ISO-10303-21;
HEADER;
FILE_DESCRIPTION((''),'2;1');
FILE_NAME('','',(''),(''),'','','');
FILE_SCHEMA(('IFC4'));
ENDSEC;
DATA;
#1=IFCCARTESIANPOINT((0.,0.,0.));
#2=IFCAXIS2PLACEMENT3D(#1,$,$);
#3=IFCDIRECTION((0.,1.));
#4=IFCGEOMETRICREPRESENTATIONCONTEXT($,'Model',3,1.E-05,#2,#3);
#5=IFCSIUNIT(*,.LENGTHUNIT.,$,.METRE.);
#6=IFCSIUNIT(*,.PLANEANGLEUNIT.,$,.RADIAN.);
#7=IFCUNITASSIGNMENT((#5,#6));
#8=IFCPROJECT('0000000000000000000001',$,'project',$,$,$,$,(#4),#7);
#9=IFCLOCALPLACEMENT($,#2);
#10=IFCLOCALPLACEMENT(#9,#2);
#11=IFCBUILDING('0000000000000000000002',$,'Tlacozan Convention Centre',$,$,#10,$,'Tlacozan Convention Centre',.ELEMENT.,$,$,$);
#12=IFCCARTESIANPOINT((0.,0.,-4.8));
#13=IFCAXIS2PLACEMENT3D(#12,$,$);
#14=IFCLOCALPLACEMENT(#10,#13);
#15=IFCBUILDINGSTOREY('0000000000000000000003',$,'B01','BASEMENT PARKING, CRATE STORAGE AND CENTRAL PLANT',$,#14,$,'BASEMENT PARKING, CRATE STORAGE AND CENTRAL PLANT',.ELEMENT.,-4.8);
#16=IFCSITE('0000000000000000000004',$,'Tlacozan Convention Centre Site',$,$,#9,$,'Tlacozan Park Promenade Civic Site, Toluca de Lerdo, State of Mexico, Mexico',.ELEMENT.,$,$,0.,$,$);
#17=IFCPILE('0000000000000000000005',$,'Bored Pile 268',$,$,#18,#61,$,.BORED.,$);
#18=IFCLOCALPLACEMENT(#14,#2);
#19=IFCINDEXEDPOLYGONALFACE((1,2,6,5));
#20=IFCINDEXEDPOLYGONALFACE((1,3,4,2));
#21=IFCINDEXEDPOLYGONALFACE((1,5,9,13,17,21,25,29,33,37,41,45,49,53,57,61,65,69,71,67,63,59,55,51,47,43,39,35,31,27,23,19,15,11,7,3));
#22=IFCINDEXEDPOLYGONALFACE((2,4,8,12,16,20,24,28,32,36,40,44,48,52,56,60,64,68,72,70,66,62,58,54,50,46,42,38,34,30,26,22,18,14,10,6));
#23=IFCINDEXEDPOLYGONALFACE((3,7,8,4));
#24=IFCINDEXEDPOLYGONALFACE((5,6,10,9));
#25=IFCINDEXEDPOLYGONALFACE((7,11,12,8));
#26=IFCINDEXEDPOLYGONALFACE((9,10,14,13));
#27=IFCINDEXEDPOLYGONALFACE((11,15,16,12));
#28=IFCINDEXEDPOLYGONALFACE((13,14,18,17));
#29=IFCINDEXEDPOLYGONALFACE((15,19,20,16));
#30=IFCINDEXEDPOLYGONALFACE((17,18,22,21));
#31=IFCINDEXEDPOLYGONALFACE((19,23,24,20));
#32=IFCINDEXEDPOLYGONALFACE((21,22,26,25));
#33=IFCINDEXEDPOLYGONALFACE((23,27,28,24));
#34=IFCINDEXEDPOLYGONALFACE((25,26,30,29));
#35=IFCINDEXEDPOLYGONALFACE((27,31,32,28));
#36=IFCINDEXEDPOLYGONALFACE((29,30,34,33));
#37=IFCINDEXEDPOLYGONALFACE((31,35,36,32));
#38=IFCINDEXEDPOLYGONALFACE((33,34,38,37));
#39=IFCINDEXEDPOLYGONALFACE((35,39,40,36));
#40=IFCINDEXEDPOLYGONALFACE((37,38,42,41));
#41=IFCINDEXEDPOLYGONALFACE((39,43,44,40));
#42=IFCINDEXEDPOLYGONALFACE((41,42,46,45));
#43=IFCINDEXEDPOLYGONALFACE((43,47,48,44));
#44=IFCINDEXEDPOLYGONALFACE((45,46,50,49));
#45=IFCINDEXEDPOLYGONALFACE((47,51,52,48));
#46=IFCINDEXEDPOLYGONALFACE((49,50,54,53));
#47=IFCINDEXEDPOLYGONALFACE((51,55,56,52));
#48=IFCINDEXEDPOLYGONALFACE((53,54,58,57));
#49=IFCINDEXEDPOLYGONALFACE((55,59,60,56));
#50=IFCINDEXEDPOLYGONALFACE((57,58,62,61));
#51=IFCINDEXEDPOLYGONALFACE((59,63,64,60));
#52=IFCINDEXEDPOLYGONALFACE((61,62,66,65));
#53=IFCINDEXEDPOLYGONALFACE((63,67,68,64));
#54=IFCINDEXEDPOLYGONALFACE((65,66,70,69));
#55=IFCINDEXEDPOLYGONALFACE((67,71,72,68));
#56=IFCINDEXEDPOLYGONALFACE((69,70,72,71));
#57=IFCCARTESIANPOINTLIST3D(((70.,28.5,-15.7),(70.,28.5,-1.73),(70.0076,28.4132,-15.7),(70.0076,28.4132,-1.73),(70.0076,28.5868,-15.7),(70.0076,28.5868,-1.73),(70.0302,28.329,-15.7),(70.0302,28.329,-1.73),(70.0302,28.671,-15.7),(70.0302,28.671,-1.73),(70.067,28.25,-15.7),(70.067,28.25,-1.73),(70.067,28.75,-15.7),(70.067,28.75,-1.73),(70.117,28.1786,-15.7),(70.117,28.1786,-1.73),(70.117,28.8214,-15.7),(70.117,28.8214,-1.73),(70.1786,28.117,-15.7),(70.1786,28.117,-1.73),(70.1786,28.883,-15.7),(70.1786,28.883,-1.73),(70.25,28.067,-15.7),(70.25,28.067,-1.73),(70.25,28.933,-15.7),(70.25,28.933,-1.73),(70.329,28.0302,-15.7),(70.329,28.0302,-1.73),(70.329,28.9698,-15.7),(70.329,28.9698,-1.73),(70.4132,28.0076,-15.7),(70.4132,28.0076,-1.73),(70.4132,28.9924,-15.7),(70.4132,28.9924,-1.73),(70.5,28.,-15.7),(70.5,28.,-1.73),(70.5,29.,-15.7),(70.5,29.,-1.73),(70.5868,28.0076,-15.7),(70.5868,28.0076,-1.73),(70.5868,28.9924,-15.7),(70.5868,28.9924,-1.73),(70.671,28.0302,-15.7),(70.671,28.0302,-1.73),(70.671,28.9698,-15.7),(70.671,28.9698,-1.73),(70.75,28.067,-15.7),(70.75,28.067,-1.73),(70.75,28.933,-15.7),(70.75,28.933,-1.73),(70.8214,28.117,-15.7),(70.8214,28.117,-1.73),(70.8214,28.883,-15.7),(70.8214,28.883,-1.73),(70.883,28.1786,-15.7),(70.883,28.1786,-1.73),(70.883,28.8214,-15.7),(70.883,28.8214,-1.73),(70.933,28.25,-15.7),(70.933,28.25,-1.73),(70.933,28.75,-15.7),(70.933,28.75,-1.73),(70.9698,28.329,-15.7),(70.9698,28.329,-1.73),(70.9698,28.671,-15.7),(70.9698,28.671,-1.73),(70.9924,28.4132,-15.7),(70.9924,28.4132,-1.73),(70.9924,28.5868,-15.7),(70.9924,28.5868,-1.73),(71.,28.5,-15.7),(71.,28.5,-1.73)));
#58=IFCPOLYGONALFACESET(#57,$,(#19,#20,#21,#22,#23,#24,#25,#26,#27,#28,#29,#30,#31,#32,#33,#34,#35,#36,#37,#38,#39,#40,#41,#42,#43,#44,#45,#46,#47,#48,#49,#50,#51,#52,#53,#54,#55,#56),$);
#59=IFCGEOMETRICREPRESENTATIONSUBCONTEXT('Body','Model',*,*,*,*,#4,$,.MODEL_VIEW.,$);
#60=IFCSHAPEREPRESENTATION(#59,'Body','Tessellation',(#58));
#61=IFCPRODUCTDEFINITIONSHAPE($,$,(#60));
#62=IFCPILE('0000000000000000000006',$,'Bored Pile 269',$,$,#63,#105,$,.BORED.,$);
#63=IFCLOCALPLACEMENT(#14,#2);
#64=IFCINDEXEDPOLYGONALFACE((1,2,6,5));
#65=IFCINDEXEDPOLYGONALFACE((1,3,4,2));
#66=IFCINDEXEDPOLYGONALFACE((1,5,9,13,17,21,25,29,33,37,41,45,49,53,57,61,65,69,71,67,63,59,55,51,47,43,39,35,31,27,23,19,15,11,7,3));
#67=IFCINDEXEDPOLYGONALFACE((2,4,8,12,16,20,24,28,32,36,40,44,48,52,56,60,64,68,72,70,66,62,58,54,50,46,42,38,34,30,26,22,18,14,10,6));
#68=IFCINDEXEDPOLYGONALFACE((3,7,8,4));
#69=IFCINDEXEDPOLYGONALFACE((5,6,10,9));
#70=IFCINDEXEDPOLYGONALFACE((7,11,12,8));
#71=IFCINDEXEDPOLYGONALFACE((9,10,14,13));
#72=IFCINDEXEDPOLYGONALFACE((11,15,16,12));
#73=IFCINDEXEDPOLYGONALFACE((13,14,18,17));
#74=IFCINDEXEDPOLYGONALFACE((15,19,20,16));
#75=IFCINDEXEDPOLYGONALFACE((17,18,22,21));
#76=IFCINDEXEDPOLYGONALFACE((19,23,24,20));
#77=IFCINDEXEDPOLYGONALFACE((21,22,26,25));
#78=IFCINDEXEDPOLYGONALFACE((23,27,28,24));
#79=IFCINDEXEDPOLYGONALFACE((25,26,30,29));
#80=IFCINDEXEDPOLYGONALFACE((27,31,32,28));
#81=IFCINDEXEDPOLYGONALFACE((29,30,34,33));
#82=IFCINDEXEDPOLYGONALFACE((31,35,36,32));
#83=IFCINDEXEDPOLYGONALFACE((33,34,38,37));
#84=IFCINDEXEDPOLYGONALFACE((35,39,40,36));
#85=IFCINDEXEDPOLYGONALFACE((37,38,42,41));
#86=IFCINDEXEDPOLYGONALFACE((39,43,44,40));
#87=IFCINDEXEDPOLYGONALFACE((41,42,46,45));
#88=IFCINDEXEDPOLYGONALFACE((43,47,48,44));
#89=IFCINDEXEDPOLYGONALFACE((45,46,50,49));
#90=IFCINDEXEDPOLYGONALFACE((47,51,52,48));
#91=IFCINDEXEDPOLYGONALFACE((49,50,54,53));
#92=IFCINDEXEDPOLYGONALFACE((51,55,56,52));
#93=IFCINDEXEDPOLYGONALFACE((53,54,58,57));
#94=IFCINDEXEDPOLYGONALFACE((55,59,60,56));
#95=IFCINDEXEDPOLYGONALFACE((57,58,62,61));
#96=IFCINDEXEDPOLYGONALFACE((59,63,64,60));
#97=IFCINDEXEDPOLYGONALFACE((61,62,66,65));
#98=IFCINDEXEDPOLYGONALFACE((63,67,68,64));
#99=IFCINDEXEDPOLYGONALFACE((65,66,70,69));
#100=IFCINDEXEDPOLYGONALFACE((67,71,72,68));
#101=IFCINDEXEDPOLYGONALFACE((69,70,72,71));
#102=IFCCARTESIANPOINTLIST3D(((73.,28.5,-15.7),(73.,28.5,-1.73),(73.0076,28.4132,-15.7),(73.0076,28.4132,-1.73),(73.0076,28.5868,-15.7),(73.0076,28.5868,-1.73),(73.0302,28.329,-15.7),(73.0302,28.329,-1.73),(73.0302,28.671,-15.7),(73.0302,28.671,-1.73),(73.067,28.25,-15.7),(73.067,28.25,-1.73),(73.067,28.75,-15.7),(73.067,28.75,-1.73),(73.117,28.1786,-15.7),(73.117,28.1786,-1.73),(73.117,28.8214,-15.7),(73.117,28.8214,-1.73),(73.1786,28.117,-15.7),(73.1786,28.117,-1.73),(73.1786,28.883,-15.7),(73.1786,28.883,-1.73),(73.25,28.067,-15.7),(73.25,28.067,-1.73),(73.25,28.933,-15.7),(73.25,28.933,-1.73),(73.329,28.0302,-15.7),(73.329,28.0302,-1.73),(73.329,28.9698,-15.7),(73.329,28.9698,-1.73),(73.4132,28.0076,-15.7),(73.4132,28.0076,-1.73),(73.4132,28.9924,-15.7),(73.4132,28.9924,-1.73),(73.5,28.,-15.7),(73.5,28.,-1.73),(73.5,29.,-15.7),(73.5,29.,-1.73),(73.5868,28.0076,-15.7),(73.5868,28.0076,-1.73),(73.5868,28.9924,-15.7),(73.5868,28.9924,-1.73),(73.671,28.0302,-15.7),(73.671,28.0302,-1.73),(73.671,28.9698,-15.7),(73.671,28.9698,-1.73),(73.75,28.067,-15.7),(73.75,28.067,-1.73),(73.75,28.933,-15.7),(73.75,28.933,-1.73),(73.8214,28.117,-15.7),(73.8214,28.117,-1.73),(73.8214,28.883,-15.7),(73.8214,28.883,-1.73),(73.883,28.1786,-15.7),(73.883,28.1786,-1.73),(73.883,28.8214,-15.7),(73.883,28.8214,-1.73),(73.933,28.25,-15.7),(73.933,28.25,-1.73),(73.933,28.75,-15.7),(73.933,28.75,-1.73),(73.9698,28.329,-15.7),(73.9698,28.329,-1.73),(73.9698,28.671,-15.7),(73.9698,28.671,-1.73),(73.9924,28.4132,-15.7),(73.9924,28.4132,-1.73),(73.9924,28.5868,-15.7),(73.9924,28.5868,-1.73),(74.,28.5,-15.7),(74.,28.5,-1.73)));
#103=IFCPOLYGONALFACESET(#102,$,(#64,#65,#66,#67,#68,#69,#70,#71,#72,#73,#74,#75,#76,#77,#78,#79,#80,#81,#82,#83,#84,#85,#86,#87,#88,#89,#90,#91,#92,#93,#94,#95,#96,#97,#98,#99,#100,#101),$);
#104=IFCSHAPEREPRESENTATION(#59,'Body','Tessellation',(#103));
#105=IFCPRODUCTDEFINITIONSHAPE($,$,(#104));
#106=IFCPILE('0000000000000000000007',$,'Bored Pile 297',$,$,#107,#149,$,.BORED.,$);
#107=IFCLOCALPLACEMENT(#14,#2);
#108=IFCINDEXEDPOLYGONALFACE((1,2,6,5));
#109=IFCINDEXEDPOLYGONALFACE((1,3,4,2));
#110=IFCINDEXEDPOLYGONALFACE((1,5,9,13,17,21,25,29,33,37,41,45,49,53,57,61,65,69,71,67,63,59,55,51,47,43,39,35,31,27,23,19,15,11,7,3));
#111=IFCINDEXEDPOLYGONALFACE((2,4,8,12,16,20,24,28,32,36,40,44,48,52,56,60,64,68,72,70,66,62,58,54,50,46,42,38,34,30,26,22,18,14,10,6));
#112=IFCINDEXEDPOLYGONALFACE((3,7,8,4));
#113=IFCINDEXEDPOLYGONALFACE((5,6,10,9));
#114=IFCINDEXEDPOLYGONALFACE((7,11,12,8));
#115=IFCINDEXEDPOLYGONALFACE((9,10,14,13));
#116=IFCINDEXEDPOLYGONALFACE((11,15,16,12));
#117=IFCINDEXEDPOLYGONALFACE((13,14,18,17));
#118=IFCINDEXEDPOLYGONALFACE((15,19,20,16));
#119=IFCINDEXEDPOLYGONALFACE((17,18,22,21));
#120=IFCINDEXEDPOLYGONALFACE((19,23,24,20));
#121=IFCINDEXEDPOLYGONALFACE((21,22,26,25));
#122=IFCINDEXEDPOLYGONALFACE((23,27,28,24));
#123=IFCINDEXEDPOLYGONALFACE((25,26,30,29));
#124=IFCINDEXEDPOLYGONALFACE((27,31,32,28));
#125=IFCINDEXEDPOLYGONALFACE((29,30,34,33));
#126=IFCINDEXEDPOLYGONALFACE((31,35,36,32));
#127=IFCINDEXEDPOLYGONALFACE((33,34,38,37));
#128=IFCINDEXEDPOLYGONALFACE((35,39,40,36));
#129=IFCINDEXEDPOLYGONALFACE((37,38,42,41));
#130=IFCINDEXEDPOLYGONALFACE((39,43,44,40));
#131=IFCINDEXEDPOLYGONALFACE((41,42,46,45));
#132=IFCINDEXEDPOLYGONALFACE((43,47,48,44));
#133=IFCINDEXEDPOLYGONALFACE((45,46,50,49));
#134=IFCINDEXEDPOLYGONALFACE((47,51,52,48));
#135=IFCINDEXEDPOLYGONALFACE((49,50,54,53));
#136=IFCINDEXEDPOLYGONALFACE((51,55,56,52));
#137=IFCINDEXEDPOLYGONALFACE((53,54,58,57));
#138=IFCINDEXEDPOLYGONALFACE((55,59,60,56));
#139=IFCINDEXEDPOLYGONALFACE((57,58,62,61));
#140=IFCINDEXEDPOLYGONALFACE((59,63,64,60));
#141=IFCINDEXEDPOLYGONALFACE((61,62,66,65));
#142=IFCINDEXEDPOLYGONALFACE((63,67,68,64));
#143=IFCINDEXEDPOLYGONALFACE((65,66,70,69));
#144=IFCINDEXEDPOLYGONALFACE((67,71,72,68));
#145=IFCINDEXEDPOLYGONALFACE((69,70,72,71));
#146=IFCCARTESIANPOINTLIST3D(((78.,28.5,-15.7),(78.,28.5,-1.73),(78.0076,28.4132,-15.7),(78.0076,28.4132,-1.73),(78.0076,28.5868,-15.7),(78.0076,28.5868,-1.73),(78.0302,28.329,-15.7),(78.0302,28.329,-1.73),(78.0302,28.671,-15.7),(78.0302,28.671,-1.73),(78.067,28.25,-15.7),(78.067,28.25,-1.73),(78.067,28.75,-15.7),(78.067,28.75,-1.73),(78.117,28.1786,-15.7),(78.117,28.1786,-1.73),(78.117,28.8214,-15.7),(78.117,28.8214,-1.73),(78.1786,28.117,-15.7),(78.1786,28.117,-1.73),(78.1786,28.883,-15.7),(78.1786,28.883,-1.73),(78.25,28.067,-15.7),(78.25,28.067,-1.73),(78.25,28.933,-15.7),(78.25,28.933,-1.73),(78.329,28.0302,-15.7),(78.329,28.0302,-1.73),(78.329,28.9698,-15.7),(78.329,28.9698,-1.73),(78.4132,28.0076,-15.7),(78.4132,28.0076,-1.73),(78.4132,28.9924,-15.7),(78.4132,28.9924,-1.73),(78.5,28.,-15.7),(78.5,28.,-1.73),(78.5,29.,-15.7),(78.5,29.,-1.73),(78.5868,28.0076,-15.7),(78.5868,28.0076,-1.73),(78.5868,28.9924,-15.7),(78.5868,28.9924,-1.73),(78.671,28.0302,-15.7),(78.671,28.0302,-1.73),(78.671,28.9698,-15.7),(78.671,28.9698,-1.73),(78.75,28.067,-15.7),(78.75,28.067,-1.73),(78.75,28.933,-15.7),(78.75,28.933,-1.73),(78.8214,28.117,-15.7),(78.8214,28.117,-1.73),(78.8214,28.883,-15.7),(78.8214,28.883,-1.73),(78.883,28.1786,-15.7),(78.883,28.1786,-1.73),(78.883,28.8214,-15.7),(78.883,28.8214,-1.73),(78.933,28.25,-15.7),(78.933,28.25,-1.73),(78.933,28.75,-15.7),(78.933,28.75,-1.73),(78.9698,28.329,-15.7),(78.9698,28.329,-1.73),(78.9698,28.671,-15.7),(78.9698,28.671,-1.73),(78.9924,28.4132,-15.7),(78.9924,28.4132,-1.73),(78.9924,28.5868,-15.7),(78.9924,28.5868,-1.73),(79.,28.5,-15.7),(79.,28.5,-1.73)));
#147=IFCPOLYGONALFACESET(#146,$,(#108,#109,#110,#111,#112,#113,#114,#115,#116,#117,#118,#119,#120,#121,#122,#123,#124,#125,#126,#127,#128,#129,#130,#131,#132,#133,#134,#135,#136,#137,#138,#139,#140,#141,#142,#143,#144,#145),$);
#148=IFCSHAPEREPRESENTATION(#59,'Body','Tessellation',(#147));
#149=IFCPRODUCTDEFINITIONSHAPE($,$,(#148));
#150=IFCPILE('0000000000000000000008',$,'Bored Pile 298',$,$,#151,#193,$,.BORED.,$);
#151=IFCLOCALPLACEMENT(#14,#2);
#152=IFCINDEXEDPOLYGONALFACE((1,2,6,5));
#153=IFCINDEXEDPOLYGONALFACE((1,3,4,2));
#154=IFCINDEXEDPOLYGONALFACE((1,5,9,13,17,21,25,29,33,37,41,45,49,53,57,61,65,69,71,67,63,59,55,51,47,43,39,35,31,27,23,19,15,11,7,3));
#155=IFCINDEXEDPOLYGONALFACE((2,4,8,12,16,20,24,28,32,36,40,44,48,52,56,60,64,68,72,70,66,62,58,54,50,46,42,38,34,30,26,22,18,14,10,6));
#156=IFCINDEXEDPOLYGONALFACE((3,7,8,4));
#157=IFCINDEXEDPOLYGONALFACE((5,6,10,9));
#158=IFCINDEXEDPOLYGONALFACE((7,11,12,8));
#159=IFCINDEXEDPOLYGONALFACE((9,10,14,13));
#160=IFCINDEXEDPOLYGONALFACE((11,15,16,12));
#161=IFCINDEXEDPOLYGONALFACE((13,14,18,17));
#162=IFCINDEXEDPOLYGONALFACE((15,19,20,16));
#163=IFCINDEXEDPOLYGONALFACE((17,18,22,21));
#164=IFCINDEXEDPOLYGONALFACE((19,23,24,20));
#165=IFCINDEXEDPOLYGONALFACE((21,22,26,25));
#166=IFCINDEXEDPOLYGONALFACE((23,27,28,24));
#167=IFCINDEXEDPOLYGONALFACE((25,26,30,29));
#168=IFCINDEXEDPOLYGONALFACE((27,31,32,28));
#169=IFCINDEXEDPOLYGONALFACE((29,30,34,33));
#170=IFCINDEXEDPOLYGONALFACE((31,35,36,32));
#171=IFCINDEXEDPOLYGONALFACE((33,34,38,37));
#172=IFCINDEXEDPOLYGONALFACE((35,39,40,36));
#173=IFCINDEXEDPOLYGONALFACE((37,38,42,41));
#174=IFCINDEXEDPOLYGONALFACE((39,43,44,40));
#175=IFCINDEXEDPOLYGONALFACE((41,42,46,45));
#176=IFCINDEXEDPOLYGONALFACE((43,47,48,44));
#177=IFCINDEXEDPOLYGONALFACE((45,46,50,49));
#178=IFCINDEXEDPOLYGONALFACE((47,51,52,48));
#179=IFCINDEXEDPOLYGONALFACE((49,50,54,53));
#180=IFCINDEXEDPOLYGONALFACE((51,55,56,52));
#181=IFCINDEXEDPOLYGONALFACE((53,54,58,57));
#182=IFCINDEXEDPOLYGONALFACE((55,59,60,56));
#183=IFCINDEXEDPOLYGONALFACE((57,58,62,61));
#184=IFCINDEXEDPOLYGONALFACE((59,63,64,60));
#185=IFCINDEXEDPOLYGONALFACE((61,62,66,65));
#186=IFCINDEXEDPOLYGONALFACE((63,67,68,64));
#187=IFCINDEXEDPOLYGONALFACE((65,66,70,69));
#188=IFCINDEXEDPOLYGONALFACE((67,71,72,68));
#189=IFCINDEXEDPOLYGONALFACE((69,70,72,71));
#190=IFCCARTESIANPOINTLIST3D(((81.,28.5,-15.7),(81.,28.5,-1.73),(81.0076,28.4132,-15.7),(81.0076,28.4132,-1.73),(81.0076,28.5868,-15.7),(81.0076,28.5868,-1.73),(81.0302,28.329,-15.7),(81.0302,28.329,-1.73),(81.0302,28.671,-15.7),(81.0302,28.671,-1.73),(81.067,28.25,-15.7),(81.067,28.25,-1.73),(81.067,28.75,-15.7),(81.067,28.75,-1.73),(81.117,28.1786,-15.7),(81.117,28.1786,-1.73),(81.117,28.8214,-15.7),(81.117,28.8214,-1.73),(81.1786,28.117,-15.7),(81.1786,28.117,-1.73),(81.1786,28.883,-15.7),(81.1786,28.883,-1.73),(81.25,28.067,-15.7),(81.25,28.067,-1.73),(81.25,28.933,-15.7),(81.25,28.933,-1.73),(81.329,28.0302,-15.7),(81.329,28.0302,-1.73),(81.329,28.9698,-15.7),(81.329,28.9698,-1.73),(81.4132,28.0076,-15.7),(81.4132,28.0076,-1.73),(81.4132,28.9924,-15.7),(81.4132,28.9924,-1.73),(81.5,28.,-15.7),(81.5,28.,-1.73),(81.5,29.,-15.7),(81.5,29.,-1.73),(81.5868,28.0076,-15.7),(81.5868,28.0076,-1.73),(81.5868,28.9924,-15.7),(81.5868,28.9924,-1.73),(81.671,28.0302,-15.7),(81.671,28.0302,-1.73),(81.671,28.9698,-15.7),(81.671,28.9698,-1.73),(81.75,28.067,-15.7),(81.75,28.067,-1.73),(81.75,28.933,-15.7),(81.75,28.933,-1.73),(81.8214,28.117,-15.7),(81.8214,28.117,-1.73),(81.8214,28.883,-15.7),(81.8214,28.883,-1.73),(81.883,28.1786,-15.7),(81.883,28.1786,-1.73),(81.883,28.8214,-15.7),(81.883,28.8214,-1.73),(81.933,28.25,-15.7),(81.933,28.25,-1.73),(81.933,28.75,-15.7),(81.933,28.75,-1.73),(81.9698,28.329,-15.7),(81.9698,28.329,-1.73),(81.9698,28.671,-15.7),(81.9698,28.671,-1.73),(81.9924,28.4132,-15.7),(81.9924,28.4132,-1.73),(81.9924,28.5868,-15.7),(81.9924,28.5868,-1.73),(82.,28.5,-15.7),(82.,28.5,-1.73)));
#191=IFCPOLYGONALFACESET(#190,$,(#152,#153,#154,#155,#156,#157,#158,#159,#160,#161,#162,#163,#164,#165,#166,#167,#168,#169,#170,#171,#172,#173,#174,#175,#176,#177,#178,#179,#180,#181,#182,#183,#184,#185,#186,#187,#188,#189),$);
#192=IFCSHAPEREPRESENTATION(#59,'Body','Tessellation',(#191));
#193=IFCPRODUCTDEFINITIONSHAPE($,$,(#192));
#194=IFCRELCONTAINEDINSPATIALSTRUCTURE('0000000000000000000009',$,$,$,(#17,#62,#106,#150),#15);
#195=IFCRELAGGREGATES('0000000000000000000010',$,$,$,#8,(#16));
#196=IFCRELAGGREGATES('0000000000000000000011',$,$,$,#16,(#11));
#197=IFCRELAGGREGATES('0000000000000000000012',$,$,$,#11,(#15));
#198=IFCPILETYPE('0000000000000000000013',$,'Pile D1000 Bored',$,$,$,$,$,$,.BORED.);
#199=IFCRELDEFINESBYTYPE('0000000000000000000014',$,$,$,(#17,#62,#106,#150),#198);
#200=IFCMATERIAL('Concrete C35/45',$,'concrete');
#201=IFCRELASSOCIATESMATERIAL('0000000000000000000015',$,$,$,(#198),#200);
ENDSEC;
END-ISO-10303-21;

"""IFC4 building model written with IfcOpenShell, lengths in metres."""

from ifc_helpers import new_model, si_unit, direction, frame, origin, origin_2d, place, context, subcontext, project, spatial, circle, extrude, material, material_profile, profile_set, type_object, element, save


model = new_model("IFC4")

# Units and contexts
model_context = context("Model", 3, precision=1e-05, world=origin(), true_north=direction((0.0, 1.0)))
body_context = subcontext(model_context, "Body", "Model", "MODEL_VIEW")
ifc_project = project(units=[si_unit("LENGTHUNIT", "METRE"), si_unit("PLANEANGLEUNIT", "RADIAN")], contexts=[model_context])

# Site, building, storey
site_placement = place(None, origin())
site = spatial("IfcSite", under=ifc_project, at=site_placement, Name="Tlacozan Convention Centre Site", LongName="Tlacozan Park Promenade Civic Site, Toluca de Lerdo, State of Mexico, Mexico", CompositionType="ELEMENT", RefElevation=0.0)
building_placement = place(site_placement, origin())
building = spatial("IfcBuilding", under=site, at=building_placement, Name="Tlacozan Convention Centre", LongName="Tlacozan Convention Centre", CompositionType="ELEMENT")
storey_placement = place(building_placement, frame((0.0, 0.0, -4.8)))
storey = spatial("IfcBuildingStorey", under=building, at=storey_placement, Name="B01", Description="BASEMENT PARKING, CRATE STORAGE AND CENTRAL PLANT", LongName="BASEMENT PARKING, CRATE STORAGE AND CENTRAL PLANT", CompositionType="ELEMENT", Elevation=-4.8)

# Shared definitions
ifc_material_1 = material(Name="Concrete C35/45", Category="concrete")

# Piles
ifc_material_profile_1 = material_profile(ifc_material_1, circle(Radius=0.5, at=origin_2d()), Name="PILE D1000")
ifc_profile_set_1 = profile_set([ifc_material_profile_1], Name="Concrete C35/45")
pile_type_1 = type_object("IfcPileType", Name="Pile D1000 Bored", PredefinedType="BORED", material=ifc_profile_set_1)
for number, where, z_axis, x_axis, name in (
    (1, (70.5, 28.5, -1.73), (0.0, 0.0, -1.0), (1.0, 0.0, 0.0), "Bored Pile 268"),
    (2, (73.5, 28.5, -1.73), (0.0, 0.0, -1.0), (1.0, 0.0, 0.0), "Bored Pile 269"),
    (3, (78.5, 28.5, -1.73), (0.0, 0.0, -1.0), (1.0, 0.0, 0.0), "Bored Pile 297"),
    (4, (81.5, 28.5, -1.73), (0.0, 0.0, -1.0), (1.0, 0.0, 0.0), "Bored Pile 298"),
):
    element("IfcPile", number, at=place(storey_placement, frame(where, z_axis=z_axis, x_axis=x_axis)), inside=storey, type_object=pile_type_1, Name=name, PredefinedType="BORED", context=body_context, shape_type="SweptSolid", body=[
        extrude(circle(Radius=0.5, at=origin_2d()), origin(), (0.0, 0.0, 1.0), 13.97),
    ])

save(model, "model.ifc")
